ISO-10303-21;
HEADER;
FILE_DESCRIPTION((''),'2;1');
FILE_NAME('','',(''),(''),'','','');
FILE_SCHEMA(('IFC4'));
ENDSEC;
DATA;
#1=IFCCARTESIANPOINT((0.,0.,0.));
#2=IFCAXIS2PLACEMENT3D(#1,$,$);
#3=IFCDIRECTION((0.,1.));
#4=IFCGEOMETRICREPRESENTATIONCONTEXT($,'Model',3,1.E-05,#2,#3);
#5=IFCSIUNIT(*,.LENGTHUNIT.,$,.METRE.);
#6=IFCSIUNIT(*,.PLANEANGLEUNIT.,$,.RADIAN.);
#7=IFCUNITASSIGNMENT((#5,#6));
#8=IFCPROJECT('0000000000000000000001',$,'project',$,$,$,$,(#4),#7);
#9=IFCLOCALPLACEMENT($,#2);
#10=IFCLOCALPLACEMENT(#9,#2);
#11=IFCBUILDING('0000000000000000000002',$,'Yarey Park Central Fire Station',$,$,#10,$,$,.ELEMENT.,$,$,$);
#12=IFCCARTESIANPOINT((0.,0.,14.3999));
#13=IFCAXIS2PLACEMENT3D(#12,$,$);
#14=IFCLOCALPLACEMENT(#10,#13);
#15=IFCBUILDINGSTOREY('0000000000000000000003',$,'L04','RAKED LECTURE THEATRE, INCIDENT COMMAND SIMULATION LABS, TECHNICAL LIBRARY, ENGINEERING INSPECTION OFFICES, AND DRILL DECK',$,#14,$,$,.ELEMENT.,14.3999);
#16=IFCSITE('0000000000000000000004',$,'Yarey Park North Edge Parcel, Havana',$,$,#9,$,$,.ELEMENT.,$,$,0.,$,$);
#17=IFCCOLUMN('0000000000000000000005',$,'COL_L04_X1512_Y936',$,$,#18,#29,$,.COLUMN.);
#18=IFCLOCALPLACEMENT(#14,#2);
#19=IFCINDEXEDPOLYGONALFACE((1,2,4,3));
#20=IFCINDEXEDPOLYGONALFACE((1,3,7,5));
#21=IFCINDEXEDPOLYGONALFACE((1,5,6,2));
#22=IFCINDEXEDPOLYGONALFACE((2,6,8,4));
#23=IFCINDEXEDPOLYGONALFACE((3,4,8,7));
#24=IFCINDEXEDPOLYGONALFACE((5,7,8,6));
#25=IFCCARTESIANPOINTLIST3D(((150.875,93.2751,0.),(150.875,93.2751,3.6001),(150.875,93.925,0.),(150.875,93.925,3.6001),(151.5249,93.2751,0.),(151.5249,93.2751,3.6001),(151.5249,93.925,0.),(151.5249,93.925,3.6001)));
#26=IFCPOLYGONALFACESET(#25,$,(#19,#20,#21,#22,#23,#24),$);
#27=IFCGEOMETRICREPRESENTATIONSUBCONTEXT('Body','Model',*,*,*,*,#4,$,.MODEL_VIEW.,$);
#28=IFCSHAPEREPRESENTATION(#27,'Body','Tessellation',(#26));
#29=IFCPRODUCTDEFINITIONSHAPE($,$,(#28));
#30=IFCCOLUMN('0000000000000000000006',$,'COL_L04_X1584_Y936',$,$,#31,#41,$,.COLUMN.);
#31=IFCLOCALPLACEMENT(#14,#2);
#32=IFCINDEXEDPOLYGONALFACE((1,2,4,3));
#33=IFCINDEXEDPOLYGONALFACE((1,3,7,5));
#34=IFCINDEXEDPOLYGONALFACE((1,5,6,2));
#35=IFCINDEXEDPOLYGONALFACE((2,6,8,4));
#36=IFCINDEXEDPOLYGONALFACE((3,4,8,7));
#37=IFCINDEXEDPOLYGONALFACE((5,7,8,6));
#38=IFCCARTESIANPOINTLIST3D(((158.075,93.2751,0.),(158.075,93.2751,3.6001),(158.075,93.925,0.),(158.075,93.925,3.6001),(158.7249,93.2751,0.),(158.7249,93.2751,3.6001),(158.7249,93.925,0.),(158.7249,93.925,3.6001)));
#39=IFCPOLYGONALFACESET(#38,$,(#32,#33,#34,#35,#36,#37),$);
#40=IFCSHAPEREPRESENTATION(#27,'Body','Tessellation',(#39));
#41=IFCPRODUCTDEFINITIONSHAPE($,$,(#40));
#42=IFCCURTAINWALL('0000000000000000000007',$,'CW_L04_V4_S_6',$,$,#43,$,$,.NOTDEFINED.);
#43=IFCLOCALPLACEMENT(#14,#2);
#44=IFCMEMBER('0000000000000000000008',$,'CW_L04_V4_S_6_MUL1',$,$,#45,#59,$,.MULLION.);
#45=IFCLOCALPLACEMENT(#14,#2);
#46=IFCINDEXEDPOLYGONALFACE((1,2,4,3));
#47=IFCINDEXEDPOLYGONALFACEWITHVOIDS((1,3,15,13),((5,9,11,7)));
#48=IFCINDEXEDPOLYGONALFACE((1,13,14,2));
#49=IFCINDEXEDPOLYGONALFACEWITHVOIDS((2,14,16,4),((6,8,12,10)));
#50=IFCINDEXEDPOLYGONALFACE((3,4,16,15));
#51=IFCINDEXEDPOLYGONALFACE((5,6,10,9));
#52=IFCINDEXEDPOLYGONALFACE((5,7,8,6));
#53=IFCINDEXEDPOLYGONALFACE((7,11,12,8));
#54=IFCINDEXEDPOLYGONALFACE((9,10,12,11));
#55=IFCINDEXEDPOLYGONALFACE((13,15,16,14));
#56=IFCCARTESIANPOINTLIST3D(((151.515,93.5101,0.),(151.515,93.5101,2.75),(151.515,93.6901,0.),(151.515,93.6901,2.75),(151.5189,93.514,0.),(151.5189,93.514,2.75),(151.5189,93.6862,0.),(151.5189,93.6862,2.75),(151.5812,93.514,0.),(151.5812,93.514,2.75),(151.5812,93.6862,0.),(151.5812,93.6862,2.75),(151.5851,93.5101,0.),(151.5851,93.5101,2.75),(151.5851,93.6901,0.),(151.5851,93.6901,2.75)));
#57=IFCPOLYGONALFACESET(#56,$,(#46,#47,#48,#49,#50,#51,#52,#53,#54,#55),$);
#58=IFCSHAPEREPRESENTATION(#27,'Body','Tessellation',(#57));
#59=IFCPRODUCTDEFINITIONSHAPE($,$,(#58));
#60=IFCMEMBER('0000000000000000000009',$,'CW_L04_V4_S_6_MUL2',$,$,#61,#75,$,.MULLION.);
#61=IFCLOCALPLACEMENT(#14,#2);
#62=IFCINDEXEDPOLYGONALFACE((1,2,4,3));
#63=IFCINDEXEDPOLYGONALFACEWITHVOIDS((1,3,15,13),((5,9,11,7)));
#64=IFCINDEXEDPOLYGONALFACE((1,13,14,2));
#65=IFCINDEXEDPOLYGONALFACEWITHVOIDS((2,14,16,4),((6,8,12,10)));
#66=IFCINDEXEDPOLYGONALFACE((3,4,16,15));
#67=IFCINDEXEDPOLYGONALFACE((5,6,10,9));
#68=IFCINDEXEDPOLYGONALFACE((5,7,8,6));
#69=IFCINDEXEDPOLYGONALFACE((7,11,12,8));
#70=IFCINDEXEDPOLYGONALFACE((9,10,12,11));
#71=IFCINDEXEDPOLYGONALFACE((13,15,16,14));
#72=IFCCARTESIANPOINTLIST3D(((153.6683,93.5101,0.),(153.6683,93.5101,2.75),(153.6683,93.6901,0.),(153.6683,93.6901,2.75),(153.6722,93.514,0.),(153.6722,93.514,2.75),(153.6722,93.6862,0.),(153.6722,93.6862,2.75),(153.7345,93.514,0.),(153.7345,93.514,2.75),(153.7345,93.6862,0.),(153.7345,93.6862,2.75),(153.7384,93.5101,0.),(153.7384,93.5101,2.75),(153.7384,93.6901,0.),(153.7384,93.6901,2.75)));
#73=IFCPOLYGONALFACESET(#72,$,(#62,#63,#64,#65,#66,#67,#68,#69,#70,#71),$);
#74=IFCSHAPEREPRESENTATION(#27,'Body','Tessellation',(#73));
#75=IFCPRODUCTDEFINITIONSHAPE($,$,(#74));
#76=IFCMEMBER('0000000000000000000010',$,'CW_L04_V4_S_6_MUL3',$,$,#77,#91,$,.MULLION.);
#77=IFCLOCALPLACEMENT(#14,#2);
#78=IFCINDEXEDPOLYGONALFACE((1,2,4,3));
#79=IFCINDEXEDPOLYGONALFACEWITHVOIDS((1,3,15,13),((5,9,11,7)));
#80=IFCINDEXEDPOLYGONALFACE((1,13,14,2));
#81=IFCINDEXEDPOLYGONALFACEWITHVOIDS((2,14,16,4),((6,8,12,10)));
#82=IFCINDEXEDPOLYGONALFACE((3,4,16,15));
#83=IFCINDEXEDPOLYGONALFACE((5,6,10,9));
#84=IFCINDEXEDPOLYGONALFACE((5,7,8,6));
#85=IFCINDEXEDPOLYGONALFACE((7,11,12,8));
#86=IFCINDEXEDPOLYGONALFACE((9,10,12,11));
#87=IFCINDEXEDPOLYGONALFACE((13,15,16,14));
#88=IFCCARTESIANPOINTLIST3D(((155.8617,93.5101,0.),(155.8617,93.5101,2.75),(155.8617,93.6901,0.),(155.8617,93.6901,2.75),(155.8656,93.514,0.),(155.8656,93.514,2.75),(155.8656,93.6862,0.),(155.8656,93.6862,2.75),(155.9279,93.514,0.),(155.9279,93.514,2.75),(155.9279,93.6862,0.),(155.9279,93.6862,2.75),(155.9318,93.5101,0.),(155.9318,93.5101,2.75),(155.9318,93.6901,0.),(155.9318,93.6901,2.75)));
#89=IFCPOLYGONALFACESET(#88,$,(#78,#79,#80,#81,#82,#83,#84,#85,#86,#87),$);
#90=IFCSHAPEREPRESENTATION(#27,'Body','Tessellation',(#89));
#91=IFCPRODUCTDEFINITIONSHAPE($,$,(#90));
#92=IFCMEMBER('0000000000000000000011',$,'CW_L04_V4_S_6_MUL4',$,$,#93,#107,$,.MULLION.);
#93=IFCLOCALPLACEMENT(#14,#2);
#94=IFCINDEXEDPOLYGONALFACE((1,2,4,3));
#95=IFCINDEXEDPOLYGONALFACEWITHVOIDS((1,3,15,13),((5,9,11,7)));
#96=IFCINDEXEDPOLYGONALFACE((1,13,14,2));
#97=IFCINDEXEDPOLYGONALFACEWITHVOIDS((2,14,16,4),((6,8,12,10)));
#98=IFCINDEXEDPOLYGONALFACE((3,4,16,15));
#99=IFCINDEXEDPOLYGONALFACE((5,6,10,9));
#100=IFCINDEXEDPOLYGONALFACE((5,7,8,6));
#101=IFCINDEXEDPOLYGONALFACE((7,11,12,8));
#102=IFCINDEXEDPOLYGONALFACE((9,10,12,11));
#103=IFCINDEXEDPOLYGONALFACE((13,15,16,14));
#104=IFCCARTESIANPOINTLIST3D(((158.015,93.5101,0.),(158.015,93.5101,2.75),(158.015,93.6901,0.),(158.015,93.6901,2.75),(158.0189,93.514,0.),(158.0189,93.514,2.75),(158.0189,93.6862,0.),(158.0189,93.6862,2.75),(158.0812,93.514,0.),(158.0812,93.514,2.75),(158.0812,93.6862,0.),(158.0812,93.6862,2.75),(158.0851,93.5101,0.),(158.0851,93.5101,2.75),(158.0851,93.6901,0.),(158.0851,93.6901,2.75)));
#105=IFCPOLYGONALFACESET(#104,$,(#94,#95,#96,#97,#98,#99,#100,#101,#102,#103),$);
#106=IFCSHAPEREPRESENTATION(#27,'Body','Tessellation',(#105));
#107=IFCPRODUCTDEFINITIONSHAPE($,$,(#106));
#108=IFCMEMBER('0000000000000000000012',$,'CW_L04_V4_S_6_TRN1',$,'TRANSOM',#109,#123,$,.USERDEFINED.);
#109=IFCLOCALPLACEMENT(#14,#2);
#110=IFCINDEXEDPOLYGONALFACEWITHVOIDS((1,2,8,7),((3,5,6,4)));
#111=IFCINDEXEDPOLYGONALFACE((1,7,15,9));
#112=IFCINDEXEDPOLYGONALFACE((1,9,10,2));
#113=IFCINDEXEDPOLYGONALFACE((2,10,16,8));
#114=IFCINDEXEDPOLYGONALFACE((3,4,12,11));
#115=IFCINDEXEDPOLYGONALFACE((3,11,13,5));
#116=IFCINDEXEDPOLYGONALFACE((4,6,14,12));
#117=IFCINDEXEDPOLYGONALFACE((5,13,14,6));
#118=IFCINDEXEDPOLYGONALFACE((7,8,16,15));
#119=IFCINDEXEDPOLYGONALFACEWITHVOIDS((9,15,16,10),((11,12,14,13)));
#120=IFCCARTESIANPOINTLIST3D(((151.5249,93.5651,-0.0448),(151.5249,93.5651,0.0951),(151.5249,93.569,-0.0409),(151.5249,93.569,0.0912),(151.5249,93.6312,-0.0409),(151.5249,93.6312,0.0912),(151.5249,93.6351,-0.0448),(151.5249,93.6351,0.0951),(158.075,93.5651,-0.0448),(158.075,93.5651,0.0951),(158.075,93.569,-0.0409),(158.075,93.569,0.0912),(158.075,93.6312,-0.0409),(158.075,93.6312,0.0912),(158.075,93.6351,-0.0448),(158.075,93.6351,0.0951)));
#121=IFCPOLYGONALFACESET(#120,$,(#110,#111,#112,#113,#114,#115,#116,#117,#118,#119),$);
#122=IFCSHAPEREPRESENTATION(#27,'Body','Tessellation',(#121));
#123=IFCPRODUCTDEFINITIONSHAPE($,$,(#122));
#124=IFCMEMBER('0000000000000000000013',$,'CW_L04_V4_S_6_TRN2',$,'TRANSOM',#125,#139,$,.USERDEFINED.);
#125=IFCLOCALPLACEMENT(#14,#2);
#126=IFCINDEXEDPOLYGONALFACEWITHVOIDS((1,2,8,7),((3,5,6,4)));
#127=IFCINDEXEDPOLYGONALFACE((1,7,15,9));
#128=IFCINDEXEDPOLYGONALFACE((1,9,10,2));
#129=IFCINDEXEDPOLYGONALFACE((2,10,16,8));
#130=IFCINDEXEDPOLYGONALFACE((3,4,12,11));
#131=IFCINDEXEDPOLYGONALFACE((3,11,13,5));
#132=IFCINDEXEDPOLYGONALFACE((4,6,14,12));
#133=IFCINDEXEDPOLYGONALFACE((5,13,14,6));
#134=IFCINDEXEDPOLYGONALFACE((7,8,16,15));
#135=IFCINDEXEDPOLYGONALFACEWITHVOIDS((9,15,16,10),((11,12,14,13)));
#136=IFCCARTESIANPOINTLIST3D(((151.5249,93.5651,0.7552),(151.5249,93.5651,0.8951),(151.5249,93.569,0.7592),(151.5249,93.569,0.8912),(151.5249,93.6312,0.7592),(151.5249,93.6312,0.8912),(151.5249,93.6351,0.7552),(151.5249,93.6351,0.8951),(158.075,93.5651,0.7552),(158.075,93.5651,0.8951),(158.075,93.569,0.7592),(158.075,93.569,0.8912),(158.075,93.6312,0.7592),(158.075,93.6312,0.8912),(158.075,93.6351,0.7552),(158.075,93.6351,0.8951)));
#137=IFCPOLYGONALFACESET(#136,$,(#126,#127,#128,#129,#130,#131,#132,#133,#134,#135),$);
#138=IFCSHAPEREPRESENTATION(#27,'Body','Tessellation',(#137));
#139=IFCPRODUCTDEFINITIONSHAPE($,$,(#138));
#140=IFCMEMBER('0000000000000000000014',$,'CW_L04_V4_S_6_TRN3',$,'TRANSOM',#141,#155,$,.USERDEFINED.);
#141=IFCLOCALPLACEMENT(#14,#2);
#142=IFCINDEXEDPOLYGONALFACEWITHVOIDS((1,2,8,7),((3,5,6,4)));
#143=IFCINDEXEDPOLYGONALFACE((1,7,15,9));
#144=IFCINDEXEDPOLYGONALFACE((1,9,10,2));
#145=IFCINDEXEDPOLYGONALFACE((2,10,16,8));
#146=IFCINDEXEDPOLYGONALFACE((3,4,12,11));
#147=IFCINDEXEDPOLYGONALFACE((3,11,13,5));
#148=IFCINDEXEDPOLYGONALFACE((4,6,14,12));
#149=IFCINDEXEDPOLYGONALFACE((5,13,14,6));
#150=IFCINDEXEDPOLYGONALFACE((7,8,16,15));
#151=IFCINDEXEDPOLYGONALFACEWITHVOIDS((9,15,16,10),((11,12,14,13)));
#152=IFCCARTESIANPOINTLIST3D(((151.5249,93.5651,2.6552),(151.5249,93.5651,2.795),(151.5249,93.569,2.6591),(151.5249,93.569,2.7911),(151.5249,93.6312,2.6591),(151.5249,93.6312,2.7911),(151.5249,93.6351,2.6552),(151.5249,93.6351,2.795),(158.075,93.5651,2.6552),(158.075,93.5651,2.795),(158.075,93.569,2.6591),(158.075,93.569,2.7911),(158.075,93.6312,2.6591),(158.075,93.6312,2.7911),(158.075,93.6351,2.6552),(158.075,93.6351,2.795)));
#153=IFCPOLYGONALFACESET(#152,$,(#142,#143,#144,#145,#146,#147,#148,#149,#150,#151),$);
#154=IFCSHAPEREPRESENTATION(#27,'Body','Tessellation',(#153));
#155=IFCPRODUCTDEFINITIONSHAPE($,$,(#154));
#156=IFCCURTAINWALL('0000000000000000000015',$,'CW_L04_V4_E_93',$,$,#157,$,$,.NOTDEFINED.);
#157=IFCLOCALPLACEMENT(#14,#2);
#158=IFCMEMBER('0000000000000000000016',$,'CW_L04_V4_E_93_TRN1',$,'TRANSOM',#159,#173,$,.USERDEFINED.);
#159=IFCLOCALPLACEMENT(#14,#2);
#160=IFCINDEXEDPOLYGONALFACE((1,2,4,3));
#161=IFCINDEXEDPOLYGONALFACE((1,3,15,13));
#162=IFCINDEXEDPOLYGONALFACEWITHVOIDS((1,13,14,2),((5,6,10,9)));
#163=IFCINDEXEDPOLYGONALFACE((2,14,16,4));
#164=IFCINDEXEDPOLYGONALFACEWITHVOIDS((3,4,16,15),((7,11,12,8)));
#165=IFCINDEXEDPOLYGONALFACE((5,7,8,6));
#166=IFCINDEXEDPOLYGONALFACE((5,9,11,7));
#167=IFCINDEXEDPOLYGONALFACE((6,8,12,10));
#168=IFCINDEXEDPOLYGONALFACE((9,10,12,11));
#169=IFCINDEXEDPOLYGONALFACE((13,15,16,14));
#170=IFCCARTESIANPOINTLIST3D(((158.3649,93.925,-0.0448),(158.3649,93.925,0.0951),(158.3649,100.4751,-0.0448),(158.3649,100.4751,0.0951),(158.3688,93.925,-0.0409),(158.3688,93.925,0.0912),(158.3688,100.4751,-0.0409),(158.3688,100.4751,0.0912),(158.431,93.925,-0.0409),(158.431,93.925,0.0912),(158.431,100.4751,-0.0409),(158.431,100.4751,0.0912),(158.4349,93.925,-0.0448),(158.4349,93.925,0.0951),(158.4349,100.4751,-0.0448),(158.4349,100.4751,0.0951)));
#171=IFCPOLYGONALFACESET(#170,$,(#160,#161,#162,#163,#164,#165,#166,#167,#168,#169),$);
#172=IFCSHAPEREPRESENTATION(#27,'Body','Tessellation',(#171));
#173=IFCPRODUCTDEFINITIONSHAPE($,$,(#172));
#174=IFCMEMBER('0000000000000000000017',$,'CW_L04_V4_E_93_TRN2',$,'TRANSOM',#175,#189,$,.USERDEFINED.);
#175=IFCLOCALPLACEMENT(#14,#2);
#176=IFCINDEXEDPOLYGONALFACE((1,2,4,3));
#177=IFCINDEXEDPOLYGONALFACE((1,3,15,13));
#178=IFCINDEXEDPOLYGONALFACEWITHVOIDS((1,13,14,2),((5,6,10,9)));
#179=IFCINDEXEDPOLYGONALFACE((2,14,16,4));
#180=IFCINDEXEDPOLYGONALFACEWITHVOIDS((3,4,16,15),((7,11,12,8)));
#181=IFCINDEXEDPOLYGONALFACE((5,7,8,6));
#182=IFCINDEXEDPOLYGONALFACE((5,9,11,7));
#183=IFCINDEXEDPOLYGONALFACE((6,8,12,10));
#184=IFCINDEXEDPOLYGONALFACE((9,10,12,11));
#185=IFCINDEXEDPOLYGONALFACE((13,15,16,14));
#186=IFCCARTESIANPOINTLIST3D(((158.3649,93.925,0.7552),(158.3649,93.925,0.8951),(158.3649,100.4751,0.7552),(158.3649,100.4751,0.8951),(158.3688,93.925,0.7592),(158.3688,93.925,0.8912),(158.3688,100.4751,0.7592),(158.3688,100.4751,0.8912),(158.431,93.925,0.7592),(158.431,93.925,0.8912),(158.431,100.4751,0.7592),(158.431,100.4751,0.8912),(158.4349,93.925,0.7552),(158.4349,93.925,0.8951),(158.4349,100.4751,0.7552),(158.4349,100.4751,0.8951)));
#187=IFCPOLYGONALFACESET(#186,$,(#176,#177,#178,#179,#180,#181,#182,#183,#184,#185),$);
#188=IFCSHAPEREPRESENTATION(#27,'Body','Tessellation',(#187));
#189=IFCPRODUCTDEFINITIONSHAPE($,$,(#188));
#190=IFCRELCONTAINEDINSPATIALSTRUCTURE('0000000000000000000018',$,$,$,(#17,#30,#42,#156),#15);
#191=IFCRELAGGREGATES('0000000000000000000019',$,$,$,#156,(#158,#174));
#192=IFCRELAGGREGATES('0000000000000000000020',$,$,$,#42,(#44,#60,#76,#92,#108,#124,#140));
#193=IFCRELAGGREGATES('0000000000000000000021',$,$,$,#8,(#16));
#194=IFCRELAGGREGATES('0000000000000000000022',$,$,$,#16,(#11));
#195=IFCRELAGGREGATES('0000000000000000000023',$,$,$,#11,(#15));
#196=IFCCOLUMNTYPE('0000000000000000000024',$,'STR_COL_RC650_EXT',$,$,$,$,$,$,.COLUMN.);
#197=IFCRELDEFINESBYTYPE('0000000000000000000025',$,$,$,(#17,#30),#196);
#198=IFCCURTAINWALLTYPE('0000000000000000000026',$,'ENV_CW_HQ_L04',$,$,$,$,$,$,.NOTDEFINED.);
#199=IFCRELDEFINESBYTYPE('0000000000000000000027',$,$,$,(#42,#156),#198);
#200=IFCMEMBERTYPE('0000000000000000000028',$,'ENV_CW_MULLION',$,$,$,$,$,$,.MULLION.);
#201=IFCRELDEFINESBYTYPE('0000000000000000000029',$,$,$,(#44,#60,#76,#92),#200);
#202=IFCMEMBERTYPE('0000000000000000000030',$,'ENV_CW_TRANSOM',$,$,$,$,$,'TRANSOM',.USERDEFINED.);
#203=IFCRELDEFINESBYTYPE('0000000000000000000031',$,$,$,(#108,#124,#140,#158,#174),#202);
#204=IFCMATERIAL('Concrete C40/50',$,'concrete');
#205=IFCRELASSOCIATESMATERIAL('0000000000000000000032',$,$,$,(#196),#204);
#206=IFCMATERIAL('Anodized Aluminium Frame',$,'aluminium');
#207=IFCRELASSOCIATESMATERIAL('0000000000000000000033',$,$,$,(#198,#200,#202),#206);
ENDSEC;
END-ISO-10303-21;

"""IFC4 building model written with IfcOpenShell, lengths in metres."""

from ifc_helpers import new_model, si_unit, direction, frame, origin, origin_2d, place, context, subcontext, project, spatial, rectangle, hollow_rectangle, extrude, material, material_profile, profile_set, type_object, element, aggregate, save


model = new_model("IFC4")

# Units and contexts
model_context = context("Model", 3, precision=1e-05, world=origin(), true_north=direction((0.0, 1.0)))
body_context = subcontext(model_context, "Body", "Model", "MODEL_VIEW")
ifc_project = project(units=[si_unit("LENGTHUNIT", "METRE"), si_unit("PLANEANGLEUNIT", "RADIAN")], contexts=[model_context])

# Site, building, storey
site_placement = place(None, origin())
site = spatial("IfcSite", under=ifc_project, at=site_placement, Name="Yarey Park North Edge Parcel, Havana", CompositionType="ELEMENT", RefElevation=0.0)
building_placement = place(site_placement, origin())
building = spatial("IfcBuilding", under=site, at=building_placement, Name="Yarey Park Central Fire Station", CompositionType="ELEMENT")
storey_placement = place(building_placement, frame((0.0, 0.0, 14.3999)))
storey = spatial("IfcBuildingStorey", under=building, at=storey_placement, Name="L04", Description="RAKED LECTURE THEATRE, INCIDENT COMMAND SIMULATION LABS, TECHNICAL LIBRARY, ENGINEERING INSPECTION OFFICES, AND DRILL DECK", CompositionType="ELEMENT", Elevation=14.3999)

# Columns
ifc_material_1 = material(Name="Concrete C40/50", Category="concrete")
ifc_material_profile_1 = material_profile(ifc_material_1, rectangle(XDim=0.6499, YDim=0.6499, at=origin_2d()), Name="RC 650x650")
ifc_profile_set_1 = profile_set([ifc_material_profile_1], Name="Concrete C40/50")
column_type = type_object("IfcColumnType", Name="STR_COL_RC650_EXT", PredefinedType="COLUMN", material=ifc_profile_set_1)
for number, where, z_axis, x_axis, name in (
    (1, (151.2, 93.6001, 0.0), (0.0, 0.0, 1.0), (1.0, 0.0, 0.0), "COL_L04_X1512_Y936"),
    (2, (158.3999, 93.6001, 0.0), (0.0, 0.0, 1.0), (1.0, 0.0, 0.0), "COL_L04_X1584_Y936"),
):
    element("IfcColumn", number, at=place(storey_placement, frame(where, z_axis=z_axis, x_axis=x_axis)), inside=storey, type_object=column_type, Name=name, PredefinedType="COLUMN", context=body_context, shape_type="SweptSolid", body=[
        extrude(rectangle(XDim=0.6499, YDim=0.6499, at=origin_2d()), origin(), (0.0, 0.0, 1.0), 3.6001),
    ])

# Curtain walls, members
ifc_material_2 = material(Name="Anodized Aluminium Frame", Category="aluminium")
curtain_wall_type = type_object("IfcCurtainWallType", Name="ENV_CW_HQ_L04", PredefinedType="NOTDEFINED", material=ifc_material_2)
curtain_wall_1_placement = place(storey_placement, origin())
curtain_wall_1 = element("IfcCurtainWall", 3, at=curtain_wall_1_placement, inside=storey, type_object=curtain_wall_type, Name="CW_L04_V4_S_6", PredefinedType="NOTDEFINED")
ifc_material_profile_2 = material_profile(ifc_material_2, hollow_rectangle(XDim=0.0701, YDim=0.1799, WallThickness=0.0039, at=origin_2d()), Name="ALU 180x70x4")
ifc_profile_set_2 = profile_set([ifc_material_profile_2], Name="Anodized Aluminium Frame")
member_type_1 = type_object("IfcMemberType", Name="ENV_CW_MULLION", PredefinedType="MULLION", material=ifc_profile_set_2)
member_1_placement = place(storey_placement, frame((151.55, 93.6001, 0.0), z_axis=(0.0, 0.0, 1.0), x_axis=(1.0, 0.0, 0.0)))
member_1 = element("IfcMember", 4, at=member_1_placement, type_object=member_type_1, Name="CW_L04_V4_S_6_MUL1", PredefinedType="MULLION", context=body_context, shape_type="SweptSolid", body=[
    extrude(hollow_rectangle(XDim=0.0701, YDim=0.1799, WallThickness=0.0039, at=origin_2d()), origin(), (0.0, 0.0, 1.0), 2.75),
])
member_2_placement = place(storey_placement, frame((153.7034, 93.6001, 0.0), z_axis=(0.0, 0.0, 1.0), x_axis=(1.0, 0.0, 0.0)))
member_2 = element("IfcMember", 5, at=member_2_placement, type_object=member_type_1, Name="CW_L04_V4_S_6_MUL2", PredefinedType="MULLION", context=body_context, shape_type="SweptSolid", body=[
    extrude(hollow_rectangle(XDim=0.0701, YDim=0.1799, WallThickness=0.0039, at=origin_2d()), origin(), (0.0, 0.0, 1.0), 2.75),
])
member_3_placement = place(storey_placement, frame((155.8967, 93.6001, 0.0), z_axis=(0.0, 0.0, 1.0), x_axis=(1.0, 0.0, 0.0)))
member_3 = element("IfcMember", 6, at=member_3_placement, type_object=member_type_1, Name="CW_L04_V4_S_6_MUL3", PredefinedType="MULLION", context=body_context, shape_type="SweptSolid", body=[
    extrude(hollow_rectangle(XDim=0.0701, YDim=0.1799, WallThickness=0.0039, at=origin_2d()), origin(), (0.0, 0.0, 1.0), 2.75),
])
member_4_placement = place(storey_placement, frame((158.05, 93.6001, 0.0), z_axis=(0.0, 0.0, 1.0), x_axis=(1.0, 0.0, 0.0)))
member_4 = element("IfcMember", 7, at=member_4_placement, type_object=member_type_1, Name="CW_L04_V4_S_6_MUL4", PredefinedType="MULLION", context=body_context, shape_type="SweptSolid", body=[
    extrude(hollow_rectangle(XDim=0.0701, YDim=0.1799, WallThickness=0.0039, at=origin_2d()), origin(), (0.0, 0.0, 1.0), 2.75),
])
ifc_material_profile_3 = material_profile(ifc_material_2, hollow_rectangle(XDim=0.0701, YDim=0.1399, WallThickness=0.0039, at=origin_2d()), Name="ALU 140x70x4")
ifc_profile_set_3 = profile_set([ifc_material_profile_3], Name="Anodized Aluminium Frame")
member_type_2 = type_object("IfcMemberType", Name="ENV_CW_TRANSOM", ElementType="TRANSOM", PredefinedType="USERDEFINED", material=ifc_profile_set_3)
member_5_placement = place(storey_placement, frame((151.5249, 93.6001, 0.0251), z_axis=(1.0, 0.0, 0.0), x_axis=(0.0, 1.0, 0.0)))
member_5 = element("IfcMember", 8, at=member_5_placement, type_object=member_type_2, Name="CW_L04_V4_S_6_TRN1", ObjectType="TRANSOM", PredefinedType="USERDEFINED", context=body_context, shape_type="SweptSolid", body=[
    extrude(hollow_rectangle(XDim=0.0701, YDim=0.1399, WallThickness=0.0039, at=origin_2d()), origin(), (0.0, 0.0, 1.0), 6.55),
])
member_6_placement = place(storey_placement, frame((151.5249, 93.6001, 0.8252), z_axis=(1.0, 0.0, 0.0), x_axis=(0.0, 1.0, 0.0)))
member_6 = element("IfcMember", 9, at=member_6_placement, type_object=member_type_2, Name="CW_L04_V4_S_6_TRN2", ObjectType="TRANSOM", PredefinedType="USERDEFINED", context=body_context, shape_type="SweptSolid", body=[
    extrude(hollow_rectangle(XDim=0.0701, YDim=0.1399, WallThickness=0.0039, at=origin_2d()), origin(), (0.0, 0.0, 1.0), 6.55),
])
member_7_placement = place(storey_placement, frame((151.5249, 93.6001, 2.7251), z_axis=(1.0, 0.0, 0.0), x_axis=(0.0, 1.0, 0.0)))
member_7 = element("IfcMember", 10, at=member_7_placement, type_object=member_type_2, Name="CW_L04_V4_S_6_TRN3", ObjectType="TRANSOM", PredefinedType="USERDEFINED", context=body_context, shape_type="SweptSolid", body=[
    extrude(hollow_rectangle(XDim=0.0701, YDim=0.1399, WallThickness=0.0039, at=origin_2d()), origin(), (0.0, 0.0, 1.0), 6.55),
])
curtain_wall_2_placement = place(storey_placement, origin())
curtain_wall_2 = element("IfcCurtainWall", 11, at=curtain_wall_2_placement, inside=storey, type_object=curtain_wall_type, Name="CW_L04_V4_E_93", PredefinedType="NOTDEFINED")
member_8_placement = place(storey_placement, frame((158.3999, 93.925, 0.0251), z_axis=(0.0, 1.0, 0.0), x_axis=(-1.0, 0.0, 0.0)))
member_8 = element("IfcMember", 12, at=member_8_placement, type_object=member_type_2, Name="CW_L04_V4_E_93_TRN1", ObjectType="TRANSOM", PredefinedType="USERDEFINED", context=body_context, shape_type="SweptSolid", body=[
    extrude(hollow_rectangle(XDim=0.0701, YDim=0.1399, WallThickness=0.0039, at=origin_2d()), origin(), (0.0, 0.0, 1.0), 6.55),
])
member_9_placement = place(storey_placement, frame((158.3999, 93.925, 0.8252), z_axis=(0.0, 1.0, 0.0), x_axis=(-1.0, 0.0, 0.0)))
member_9 = element("IfcMember", 13, at=member_9_placement, type_object=member_type_2, Name="CW_L04_V4_E_93_TRN2", ObjectType="TRANSOM", PredefinedType="USERDEFINED", context=body_context, shape_type="SweptSolid", body=[
    extrude(hollow_rectangle(XDim=0.0701, YDim=0.1399, WallThickness=0.0039, at=origin_2d()), origin(), (0.0, 0.0, 1.0), 6.55),
])
aggregate(curtain_wall_2, [member_8, member_9])

aggregate(curtain_wall_1, [member_1, member_2, member_3, member_4, member_5, member_6, member_7])

save(model, "model.ifc")
